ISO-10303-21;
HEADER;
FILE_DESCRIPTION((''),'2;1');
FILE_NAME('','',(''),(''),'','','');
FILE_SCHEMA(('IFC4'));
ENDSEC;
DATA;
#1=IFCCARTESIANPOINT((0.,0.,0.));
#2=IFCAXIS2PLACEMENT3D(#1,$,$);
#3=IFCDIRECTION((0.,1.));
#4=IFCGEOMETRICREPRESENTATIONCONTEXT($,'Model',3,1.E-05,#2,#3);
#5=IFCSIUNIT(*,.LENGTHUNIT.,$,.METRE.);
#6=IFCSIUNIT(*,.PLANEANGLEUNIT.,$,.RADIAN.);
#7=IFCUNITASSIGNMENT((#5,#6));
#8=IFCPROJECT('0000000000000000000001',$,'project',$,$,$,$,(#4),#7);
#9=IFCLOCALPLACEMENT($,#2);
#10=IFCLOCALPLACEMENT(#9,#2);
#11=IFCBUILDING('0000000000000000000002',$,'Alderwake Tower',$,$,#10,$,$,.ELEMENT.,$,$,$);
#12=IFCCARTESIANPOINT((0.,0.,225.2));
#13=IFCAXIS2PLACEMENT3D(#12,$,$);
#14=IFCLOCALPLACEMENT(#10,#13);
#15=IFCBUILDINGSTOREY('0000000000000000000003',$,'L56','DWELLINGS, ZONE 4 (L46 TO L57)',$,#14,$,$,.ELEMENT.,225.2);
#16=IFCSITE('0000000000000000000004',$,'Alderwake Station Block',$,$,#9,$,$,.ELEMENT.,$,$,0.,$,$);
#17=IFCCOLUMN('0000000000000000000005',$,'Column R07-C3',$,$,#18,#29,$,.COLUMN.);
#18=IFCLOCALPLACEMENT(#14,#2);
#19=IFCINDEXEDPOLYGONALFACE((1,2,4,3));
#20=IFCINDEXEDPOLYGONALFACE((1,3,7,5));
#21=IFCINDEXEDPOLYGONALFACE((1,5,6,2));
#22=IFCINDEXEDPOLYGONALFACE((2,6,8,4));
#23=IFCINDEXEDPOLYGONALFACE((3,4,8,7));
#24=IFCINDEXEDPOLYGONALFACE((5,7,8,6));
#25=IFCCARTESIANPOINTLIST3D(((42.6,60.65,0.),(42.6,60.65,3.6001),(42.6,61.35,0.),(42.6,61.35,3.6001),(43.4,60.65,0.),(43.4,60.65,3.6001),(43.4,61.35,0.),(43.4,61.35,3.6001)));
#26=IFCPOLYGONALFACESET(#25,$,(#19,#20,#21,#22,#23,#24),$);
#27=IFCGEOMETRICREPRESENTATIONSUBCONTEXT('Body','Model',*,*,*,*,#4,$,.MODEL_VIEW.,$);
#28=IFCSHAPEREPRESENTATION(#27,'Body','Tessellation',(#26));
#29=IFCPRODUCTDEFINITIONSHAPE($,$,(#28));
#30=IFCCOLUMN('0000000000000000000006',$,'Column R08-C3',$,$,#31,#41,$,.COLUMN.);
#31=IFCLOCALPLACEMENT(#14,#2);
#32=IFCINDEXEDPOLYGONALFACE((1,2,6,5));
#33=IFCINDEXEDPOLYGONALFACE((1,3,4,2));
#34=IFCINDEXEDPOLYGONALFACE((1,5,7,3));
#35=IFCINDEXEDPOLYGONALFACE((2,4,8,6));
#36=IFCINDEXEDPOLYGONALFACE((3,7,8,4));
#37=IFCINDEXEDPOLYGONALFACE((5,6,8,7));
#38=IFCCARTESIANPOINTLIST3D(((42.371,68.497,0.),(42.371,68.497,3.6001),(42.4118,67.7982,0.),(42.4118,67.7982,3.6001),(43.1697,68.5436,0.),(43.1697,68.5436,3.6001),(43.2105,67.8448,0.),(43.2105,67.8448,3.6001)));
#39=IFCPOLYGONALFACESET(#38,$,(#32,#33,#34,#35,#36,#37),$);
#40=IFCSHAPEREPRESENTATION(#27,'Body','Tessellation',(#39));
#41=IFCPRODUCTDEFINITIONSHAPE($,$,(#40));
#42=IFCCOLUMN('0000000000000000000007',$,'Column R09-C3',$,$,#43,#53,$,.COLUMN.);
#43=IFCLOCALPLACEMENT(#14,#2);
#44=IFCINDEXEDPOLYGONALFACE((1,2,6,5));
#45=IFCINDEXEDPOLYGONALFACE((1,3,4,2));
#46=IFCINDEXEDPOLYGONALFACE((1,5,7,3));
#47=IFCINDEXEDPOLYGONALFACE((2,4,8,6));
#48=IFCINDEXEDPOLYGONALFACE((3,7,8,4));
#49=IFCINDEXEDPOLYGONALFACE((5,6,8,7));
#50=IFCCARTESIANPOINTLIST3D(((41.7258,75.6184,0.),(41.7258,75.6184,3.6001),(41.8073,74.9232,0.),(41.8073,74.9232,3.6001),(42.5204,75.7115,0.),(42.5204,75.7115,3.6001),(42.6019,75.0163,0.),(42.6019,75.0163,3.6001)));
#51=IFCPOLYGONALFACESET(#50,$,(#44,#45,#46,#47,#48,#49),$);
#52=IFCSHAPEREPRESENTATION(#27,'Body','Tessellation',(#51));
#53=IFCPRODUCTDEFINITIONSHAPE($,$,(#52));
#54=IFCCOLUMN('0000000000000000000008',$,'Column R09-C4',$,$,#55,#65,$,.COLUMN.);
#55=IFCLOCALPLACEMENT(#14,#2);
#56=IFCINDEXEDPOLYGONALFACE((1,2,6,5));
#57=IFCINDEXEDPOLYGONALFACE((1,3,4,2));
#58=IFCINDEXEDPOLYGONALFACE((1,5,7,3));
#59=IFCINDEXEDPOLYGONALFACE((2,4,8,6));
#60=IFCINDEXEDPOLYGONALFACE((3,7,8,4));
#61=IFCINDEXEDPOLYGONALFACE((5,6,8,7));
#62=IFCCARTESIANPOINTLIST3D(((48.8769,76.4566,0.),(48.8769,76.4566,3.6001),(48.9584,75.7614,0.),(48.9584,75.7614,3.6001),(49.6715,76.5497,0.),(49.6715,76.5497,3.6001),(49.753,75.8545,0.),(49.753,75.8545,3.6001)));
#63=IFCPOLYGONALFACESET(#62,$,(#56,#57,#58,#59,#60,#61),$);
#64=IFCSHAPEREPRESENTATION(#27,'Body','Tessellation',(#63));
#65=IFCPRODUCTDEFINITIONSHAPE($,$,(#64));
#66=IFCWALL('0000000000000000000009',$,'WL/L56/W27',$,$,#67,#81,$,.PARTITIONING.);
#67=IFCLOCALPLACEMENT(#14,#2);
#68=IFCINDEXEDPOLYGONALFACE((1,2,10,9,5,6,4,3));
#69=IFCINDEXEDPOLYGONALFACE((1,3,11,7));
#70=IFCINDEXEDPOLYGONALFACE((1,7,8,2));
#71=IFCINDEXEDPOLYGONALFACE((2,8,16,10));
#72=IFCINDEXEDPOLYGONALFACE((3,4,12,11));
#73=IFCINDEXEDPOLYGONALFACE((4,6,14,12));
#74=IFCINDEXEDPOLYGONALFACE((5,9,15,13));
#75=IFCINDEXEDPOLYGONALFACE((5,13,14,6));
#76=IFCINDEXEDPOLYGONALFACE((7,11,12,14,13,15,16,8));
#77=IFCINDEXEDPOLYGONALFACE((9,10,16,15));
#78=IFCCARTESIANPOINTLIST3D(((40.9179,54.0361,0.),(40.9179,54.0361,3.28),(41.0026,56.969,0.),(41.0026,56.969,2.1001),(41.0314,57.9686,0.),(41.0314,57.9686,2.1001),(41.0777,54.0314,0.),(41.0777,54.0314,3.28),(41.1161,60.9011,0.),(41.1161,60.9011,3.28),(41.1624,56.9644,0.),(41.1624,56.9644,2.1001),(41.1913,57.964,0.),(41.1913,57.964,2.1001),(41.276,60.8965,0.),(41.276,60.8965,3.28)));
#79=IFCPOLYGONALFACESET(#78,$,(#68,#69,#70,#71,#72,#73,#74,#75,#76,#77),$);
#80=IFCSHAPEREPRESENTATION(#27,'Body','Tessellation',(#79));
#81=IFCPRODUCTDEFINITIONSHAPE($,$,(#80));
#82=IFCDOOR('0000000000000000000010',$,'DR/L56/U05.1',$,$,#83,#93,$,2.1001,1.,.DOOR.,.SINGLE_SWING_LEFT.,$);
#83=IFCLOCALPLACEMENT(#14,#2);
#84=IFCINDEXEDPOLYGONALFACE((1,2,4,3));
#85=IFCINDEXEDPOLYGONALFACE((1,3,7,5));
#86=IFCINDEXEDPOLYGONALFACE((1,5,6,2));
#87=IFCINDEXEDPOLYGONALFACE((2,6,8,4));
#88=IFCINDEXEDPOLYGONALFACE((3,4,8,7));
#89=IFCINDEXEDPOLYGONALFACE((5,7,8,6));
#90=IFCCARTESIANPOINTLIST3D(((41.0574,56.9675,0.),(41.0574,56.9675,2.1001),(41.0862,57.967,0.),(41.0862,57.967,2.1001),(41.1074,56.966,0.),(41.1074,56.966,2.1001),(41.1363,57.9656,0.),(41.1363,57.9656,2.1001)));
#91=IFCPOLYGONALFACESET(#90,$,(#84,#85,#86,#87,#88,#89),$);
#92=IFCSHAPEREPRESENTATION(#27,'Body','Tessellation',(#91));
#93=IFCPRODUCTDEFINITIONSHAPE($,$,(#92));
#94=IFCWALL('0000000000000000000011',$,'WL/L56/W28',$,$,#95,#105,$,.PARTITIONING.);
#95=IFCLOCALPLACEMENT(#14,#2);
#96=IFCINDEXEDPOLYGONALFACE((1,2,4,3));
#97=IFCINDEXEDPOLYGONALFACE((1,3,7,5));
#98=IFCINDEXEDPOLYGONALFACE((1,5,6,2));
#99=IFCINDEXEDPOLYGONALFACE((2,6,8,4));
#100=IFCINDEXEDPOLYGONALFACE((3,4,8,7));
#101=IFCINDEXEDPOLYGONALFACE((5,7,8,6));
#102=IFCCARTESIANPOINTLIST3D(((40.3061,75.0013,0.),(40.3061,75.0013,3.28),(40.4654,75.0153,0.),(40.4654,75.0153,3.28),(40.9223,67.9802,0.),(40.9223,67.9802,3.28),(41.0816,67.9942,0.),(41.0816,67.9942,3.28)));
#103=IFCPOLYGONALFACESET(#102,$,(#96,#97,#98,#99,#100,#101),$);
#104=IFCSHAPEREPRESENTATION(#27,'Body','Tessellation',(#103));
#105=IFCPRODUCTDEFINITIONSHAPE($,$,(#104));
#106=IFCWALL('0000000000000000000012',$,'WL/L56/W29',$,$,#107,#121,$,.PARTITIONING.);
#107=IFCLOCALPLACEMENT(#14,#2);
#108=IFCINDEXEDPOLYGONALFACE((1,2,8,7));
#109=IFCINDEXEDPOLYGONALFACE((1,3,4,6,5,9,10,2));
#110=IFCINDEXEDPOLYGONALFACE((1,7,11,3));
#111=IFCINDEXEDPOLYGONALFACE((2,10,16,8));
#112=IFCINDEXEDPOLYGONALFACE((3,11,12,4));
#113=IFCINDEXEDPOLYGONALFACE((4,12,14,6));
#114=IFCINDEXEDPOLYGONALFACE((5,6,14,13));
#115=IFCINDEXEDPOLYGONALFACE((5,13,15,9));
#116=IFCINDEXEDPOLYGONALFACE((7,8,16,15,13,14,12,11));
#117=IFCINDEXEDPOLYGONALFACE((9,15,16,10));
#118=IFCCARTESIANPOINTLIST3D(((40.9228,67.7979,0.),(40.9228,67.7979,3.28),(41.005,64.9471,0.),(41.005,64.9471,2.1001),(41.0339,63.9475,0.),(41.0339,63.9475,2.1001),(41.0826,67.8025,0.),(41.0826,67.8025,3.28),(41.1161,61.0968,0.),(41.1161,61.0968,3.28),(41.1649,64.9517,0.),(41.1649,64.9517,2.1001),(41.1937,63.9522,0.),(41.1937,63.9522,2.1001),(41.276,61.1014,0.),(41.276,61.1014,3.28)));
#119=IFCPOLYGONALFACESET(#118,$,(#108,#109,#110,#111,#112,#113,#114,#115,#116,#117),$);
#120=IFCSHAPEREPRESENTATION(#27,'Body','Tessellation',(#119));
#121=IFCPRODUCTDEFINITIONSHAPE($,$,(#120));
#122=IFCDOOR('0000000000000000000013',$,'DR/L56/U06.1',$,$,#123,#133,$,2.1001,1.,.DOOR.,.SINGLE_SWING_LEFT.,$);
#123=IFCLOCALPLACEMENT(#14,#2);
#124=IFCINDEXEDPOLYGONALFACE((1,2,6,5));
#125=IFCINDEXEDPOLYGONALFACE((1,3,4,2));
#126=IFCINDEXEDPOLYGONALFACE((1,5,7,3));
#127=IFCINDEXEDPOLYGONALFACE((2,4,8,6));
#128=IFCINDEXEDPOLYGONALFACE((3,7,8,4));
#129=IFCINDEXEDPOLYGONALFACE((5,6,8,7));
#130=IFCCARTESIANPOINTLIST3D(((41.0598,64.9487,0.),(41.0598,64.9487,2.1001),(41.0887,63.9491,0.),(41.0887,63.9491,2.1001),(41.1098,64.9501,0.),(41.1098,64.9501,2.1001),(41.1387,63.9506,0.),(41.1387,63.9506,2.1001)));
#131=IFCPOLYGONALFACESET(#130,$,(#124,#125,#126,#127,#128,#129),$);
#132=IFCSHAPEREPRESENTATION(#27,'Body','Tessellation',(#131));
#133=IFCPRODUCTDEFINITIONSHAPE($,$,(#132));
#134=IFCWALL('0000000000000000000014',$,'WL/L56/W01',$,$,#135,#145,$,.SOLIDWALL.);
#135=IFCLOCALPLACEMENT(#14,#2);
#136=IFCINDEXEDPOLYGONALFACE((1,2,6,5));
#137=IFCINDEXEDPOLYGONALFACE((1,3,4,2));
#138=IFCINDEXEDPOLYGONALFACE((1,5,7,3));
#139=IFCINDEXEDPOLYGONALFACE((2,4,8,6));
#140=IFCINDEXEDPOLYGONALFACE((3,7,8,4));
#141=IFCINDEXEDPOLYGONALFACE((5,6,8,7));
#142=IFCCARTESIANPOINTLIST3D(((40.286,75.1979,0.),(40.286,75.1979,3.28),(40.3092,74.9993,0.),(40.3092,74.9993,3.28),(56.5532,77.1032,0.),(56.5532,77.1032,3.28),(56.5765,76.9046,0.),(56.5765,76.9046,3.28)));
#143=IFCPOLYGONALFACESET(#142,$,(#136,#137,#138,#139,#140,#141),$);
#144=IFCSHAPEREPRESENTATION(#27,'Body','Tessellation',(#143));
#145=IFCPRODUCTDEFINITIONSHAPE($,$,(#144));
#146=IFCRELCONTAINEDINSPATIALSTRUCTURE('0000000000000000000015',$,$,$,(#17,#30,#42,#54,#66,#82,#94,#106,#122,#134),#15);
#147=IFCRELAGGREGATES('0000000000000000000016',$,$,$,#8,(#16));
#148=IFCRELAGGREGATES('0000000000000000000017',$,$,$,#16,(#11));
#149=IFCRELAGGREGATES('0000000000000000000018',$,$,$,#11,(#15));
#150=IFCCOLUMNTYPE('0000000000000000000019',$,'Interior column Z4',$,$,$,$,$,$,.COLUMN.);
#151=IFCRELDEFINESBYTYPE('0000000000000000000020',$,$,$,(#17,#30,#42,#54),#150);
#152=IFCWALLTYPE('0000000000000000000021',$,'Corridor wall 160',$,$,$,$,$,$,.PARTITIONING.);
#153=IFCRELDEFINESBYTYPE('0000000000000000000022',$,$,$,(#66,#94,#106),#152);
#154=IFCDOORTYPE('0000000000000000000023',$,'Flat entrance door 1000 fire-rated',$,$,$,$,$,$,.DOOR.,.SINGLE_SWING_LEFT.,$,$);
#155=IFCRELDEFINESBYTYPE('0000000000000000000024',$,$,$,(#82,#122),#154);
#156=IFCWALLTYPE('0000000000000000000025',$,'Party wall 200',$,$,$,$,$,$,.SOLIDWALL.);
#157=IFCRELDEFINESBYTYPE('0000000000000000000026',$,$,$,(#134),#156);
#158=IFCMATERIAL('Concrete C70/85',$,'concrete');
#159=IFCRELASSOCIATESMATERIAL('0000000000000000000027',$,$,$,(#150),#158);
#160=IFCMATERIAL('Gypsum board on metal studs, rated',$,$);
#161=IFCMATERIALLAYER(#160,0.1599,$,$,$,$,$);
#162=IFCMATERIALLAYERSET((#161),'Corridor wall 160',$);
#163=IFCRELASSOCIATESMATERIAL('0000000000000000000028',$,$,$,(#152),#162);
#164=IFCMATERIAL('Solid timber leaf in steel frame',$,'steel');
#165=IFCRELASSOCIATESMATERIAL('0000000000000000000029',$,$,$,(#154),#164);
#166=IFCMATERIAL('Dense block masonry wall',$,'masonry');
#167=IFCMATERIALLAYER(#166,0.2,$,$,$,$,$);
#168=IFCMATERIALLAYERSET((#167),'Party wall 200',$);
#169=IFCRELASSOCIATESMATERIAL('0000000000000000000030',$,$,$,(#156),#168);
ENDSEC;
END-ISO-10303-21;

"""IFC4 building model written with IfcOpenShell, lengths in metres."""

from ifc_helpers import new_model, si_unit, direction, frame, frame_2d, origin, origin_2d, place, context, subcontext, project, spatial, rectangle, extrude, material, layer, layer_set, material_profile, profile_set, type_object, element, fill, save


model = new_model("IFC4")

# Units and contexts
model_context = context("Model", 3, precision=1e-05, world=origin(), true_north=direction((0.0, 1.0)))
body_context = subcontext(model_context, "Body", "Model", "MODEL_VIEW")
ifc_project = project(units=[si_unit("LENGTHUNIT", "METRE"), si_unit("PLANEANGLEUNIT", "RADIAN")], contexts=[model_context])

# Site, building, storey
site_placement = place(None, origin())
site = spatial("IfcSite", under=ifc_project, at=site_placement, Name="Alderwake Station Block", CompositionType="ELEMENT", RefElevation=0.0)
building_placement = place(site_placement, origin())
building = spatial("IfcBuilding", under=site, at=building_placement, Name="Alderwake Tower", CompositionType="ELEMENT")
storey_placement = place(building_placement, frame((0.0, 0.0, 225.2)))
storey = spatial("IfcBuildingStorey", under=building, at=storey_placement, Name="L56", Description="DWELLINGS, ZONE 4 (L46 TO L57)", CompositionType="ELEMENT", Elevation=225.2)

# Columns
ifc_material_1 = material(Name="Concrete C70/85", Category="concrete")
ifc_material_profile = material_profile(ifc_material_1, rectangle(XDim=0.7, YDim=0.8, at=origin_2d()), Name="RC 800X700")
ifc_profile_set = profile_set([ifc_material_profile], Name="Concrete C70/85")
column_type = type_object("IfcColumnType", Name="Interior column Z4", PredefinedType="COLUMN", material=ifc_profile_set)
for number, where, z_axis, x_axis, name in (
    (1, (43.0, 61.0, 0.0), (0.0, 0.0, 1.0), (0.0, 1.0, 0.0), "Column R07-C3"),
    (2, (42.7908, 68.1709, 0.0), (0.0, 0.0, 1.0), (-0.058299, 0.998299, 0.0), "Column R08-C3"),
    (3, (42.1638, 75.3174, 0.0), (0.0, 0.0, 1.0), (-0.116402, 0.993202, 0.0), "Column R09-C3"),
    (4, (49.3149, 76.1555, 0.0), (0.0, 0.0, 1.0), (-0.116402, 0.993202, 0.0), "Column R09-C4"),
):
    element("IfcColumn", number, at=place(storey_placement, frame(where, z_axis=z_axis, x_axis=x_axis)), inside=storey, type_object=column_type, Name=name, PredefinedType="COLUMN", context=body_context, shape_type="SweptSolid", body=[
        extrude(rectangle(XDim=0.7, YDim=0.8, at=origin_2d()), origin(), (0.0, 0.0, 1.0), 3.6001),
    ])

# Wall, opening, door
ifc_material_2 = material(Name="Gypsum board on metal studs, rated")
ifc_layer_1 = layer(ifc_material_2, 0.1599)
ifc_layer_set_1 = layer_set([ifc_layer_1], Name="Corridor wall 160")
wall_type_1 = type_object("IfcWallType", Name="Corridor wall 160", PredefinedType="PARTITIONING", material=ifc_layer_set_1)
wall_1_placement = place(storey_placement, frame((41.196, 60.8989, 0.0), z_axis=(0.0, 0.0, 1.0), x_axis=(-0.028865, -0.999583, 0.0)))
wall_1 = element("IfcWall", 5, at=wall_1_placement, inside=storey, type_object=wall_type_1, Name="WL/L56/W27", PredefinedType="PARTITIONING", context=body_context, shape_type="SweptSolid", body=[
    extrude(rectangle(XDim=6.8679, YDim=0.1599, at=frame_2d((3.4341, 0.0))), origin(), (0.0, 0.0, 1.0), 3.28),
])
opening_1_placement = place(wall_1_placement, frame((2.9338, 0.0, 0.0)))
opening_1 = element("IfcOpeningElement", 6, at=opening_1_placement, cuts=wall_1, PredefinedType="OPENING", context=body_context, shape_type="SweptSolid", body=[
    extrude(rectangle(XDim=1.0, YDim=2.1001, at=frame_2d((0.5, 1.05))), frame((0.0, 0.0898, 0.0), z_axis=(0.0, -1.0, 0.0), x_axis=(1.0, 0.0, 0.0)), (0.0, 0.0, 1.0), 0.1799),
])
ifc_material_3 = material(Name="Solid timber leaf in steel frame", Category="steel")
door_type_1 = type_object("IfcDoorType", Name="Flat entrance door 1000 fire-rated", OperationType="SINGLE_SWING_LEFT", PredefinedType="DOOR", material=ifc_material_3)
door_1_placement = place(opening_1_placement, origin())
door_1 = element("IfcDoor", 7, at=door_1_placement, inside=storey, type_object=door_type_1, Name="DR/L56/U05.1", OperationType="SINGLE_SWING_LEFT", OverallHeight=2.1001, OverallWidth=1.0, PredefinedType="DOOR", context=body_context, shape_type="SweptSolid", body=[
    extrude(rectangle(XDim=1.0, YDim=2.1001, at=frame_2d((0.5, 1.05))), frame((0.0, 0.0249, 0.0), z_axis=(0.0, -1.0, 0.0), x_axis=(1.0, 0.0, 0.0)), (0.0, 0.0, 1.0), 0.05),
])
fill(opening_1, door_1)

# Wall
wall_2_placement = place(storey_placement, frame((41.002, 67.9873, 0.0), z_axis=(0.0, 0.0, 1.0), x_axis=(-0.087431, 0.996171, 0.0)))
element("IfcWall", 8, at=wall_2_placement, inside=storey, type_object=wall_type_1, Name="WL/L56/W28", PredefinedType="PARTITIONING", context=body_context, shape_type="SweptSolid", body=[
    extrude(rectangle(XDim=7.0481, YDim=0.1599, at=frame_2d((3.5239, 0.0))), origin(), (0.0, 0.0, 1.0), 3.28),
])

# Wall, opening, door
wall_3_placement = place(storey_placement, frame((41.0027, 67.8003, 0.0), z_axis=(0.0, 0.0, 1.0), x_axis=(0.028843, -0.999584, 0.0)))
wall_3 = element("IfcWall", 9, at=wall_3_placement, inside=storey, type_object=wall_type_1, Name="WL/L56/W29", PredefinedType="PARTITIONING", context=body_context, shape_type="SweptSolid", body=[
    extrude(rectangle(XDim=6.7039, YDim=0.1599, at=frame_2d((3.3521, 0.0))), origin(), (0.0, 0.0, 1.0), 3.28),
])
opening_2_placement = place(wall_3_placement, frame((2.8521, 0.0, 0.0)))
opening_2 = element("IfcOpeningElement", 10, at=opening_2_placement, cuts=wall_3, PredefinedType="OPENING", context=body_context, shape_type="SweptSolid", body=[
    extrude(rectangle(XDim=1.0, YDim=2.1001, at=frame_2d((0.5, 1.05))), frame((0.0, 0.0898, 0.0), z_axis=(0.0, -1.0, 0.0), x_axis=(1.0, 0.0, 0.0)), (0.0, 0.0, 1.0), 0.1799),
])
door_2_placement = place(opening_2_placement, origin())
door_2 = element("IfcDoor", 11, at=door_2_placement, inside=storey, type_object=door_type_1, Name="DR/L56/U06.1", OperationType="SINGLE_SWING_LEFT", OverallHeight=2.1001, OverallWidth=1.0, PredefinedType="DOOR", context=body_context, shape_type="SweptSolid", body=[
    extrude(rectangle(XDim=1.0, YDim=2.1001, at=frame_2d((0.5, 1.05))), frame((0.0, 0.0249, 0.0), z_axis=(0.0, -1.0, 0.0), x_axis=(1.0, 0.0, 0.0)), (0.0, 0.0, 1.0), 0.05),
])
fill(opening_2, door_2)

# Wall
ifc_material_4 = material(Name="Dense block masonry wall", Category="masonry")
ifc_layer_2 = layer(ifc_material_4, 0.2)
ifc_layer_set_2 = layer_set([ifc_layer_2], Name="Party wall 200")
wall_type_2 = type_object("IfcWallType", Name="Party wall 200", PredefinedType="SOLIDWALL", material=ifc_layer_set_2)
wall_4_placement = place(storey_placement, frame((40.2976, 75.0986, 0.0), z_axis=(0.0, 0.0, 1.0), x_axis=(0.993211, 0.116328, 0.0)))
element("IfcWall", 12, at=wall_4_placement, inside=storey, type_object=wall_type_2, Name="WL/L56/W01", PredefinedType="SOLIDWALL", context=body_context, shape_type="SweptSolid", body=[
    extrude(rectangle(XDim=16.3784, YDim=0.2, at=frame_2d((8.1892, 0.0))), origin(), (0.0, 0.0, 1.0), 3.28),
])

save(model, "model.ifc")
